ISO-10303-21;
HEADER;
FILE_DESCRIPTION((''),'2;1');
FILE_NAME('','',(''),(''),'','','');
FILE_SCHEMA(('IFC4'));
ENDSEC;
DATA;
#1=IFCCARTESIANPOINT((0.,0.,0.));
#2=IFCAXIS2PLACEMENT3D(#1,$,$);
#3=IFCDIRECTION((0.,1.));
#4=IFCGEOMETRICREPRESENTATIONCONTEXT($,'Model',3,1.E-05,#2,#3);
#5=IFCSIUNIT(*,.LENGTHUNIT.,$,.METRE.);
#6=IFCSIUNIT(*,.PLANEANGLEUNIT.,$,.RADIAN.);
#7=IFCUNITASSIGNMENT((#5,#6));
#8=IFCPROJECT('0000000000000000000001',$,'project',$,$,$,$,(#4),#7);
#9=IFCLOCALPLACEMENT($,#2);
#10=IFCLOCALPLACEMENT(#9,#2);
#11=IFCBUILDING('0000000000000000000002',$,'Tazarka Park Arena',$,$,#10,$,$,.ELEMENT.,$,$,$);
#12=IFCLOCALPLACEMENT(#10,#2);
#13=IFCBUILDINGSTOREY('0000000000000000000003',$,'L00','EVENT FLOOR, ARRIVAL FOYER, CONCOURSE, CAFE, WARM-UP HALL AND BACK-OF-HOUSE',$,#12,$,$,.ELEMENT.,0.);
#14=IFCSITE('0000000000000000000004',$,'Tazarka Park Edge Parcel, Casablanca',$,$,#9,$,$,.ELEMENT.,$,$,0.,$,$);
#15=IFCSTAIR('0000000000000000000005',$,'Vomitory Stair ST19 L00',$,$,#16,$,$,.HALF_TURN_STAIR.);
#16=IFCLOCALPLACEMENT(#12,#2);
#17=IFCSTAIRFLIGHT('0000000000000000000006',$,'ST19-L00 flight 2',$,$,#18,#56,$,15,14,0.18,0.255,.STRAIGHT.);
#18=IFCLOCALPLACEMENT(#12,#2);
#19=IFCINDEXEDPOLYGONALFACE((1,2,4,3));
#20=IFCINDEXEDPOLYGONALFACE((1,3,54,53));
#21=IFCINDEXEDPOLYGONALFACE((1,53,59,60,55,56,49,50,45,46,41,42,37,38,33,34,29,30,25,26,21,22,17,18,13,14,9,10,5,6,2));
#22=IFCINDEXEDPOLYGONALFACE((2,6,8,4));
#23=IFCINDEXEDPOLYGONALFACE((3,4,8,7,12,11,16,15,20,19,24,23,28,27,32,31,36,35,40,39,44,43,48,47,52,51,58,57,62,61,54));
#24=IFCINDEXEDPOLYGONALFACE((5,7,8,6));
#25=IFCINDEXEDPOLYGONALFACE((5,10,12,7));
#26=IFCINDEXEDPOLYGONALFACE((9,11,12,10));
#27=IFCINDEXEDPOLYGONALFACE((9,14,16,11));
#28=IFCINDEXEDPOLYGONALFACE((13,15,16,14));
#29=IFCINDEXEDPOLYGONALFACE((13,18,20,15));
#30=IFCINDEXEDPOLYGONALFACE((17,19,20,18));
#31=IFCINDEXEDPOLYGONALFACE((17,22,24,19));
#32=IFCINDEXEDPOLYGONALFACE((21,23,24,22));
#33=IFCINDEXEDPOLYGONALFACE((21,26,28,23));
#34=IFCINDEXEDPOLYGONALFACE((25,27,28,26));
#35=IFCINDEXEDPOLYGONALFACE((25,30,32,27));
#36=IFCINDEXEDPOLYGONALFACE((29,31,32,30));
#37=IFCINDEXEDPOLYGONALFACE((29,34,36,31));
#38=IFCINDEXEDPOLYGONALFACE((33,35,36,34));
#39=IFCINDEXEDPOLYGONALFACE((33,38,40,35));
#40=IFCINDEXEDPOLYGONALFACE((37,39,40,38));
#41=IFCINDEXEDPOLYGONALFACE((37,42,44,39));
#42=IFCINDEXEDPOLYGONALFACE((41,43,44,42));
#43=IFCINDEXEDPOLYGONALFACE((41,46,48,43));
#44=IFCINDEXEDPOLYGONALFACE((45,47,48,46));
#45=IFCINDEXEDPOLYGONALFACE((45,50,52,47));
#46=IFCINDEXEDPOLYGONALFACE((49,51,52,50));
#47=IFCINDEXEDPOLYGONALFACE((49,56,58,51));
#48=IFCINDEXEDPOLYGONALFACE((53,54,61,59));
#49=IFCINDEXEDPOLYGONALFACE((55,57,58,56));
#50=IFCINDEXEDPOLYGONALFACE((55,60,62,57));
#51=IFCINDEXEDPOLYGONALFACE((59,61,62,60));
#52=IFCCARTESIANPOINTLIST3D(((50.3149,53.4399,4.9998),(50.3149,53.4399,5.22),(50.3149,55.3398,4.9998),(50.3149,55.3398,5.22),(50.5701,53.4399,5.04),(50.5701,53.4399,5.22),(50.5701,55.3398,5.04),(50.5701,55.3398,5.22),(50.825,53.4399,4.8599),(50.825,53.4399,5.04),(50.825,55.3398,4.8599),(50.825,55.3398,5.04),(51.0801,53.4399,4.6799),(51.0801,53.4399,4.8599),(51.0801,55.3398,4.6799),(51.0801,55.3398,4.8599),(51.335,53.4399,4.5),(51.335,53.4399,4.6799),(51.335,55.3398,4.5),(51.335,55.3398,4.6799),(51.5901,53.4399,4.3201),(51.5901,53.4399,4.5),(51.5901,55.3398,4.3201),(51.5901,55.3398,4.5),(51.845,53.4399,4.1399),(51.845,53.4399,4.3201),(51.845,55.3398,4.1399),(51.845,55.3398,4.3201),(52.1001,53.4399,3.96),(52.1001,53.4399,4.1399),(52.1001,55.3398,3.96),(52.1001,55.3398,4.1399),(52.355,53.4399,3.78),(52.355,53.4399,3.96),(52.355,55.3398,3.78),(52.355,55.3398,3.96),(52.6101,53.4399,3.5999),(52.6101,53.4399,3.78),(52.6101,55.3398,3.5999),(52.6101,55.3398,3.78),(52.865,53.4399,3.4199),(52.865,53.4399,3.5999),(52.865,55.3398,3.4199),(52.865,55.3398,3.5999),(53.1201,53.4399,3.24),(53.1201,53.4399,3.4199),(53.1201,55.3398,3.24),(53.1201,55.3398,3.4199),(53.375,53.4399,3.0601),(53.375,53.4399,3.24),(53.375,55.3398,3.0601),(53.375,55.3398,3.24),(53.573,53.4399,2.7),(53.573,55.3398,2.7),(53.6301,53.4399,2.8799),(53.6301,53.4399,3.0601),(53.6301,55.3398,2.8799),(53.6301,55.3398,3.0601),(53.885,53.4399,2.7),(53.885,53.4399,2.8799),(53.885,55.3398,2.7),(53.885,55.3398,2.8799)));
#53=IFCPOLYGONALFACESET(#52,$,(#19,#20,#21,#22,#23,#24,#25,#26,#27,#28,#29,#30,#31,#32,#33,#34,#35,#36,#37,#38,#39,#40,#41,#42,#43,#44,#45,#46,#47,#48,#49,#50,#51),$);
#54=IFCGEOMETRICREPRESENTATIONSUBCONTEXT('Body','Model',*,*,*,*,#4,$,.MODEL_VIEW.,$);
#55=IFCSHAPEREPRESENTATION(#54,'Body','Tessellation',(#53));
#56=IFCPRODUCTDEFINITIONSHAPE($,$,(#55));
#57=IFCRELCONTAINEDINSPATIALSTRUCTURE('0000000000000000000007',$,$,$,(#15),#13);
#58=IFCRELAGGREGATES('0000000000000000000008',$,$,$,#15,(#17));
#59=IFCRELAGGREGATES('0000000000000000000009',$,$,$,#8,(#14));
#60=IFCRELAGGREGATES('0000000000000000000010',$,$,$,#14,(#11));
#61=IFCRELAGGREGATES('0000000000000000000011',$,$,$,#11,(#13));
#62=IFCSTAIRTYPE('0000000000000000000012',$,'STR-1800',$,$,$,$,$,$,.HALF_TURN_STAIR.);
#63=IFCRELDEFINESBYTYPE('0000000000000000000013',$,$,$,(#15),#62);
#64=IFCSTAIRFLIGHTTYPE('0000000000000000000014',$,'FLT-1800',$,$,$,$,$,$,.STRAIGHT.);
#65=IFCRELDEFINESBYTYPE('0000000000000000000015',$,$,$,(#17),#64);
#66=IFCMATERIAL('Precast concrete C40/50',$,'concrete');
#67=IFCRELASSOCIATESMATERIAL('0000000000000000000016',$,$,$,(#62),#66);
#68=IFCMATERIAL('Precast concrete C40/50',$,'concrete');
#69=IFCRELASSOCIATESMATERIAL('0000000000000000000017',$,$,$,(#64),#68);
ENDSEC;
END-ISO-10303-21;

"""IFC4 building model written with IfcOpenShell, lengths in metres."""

from ifc_helpers import new_model, si_unit, direction, frame, origin, place, context, subcontext, project, spatial, polyline, outline, extrude, material, type_object, element, aggregate, save


model = new_model("IFC4")

# Units and contexts
model_context = context("Model", 3, precision=1e-05, world=origin(), true_north=direction((0.0, 1.0)))
body_context = subcontext(model_context, "Body", "Model", "MODEL_VIEW")
ifc_project = project(units=[si_unit("LENGTHUNIT", "METRE"), si_unit("PLANEANGLEUNIT", "RADIAN")], contexts=[model_context])

# Site, building, storey
site_placement = place(None, origin())
site = spatial("IfcSite", under=ifc_project, at=site_placement, Name="Tazarka Park Edge Parcel, Casablanca", CompositionType="ELEMENT", RefElevation=0.0)
building_placement = place(site_placement, origin())
building = spatial("IfcBuilding", under=site, at=building_placement, Name="Tazarka Park Arena", CompositionType="ELEMENT")
storey_placement = place(building_placement, origin())
storey = spatial("IfcBuildingStorey", under=building, at=storey_placement, Name="L00", Description="EVENT FLOOR, ARRIVAL FOYER, CONCOURSE, CAFE, WARM-UP HALL AND BACK-OF-HOUSE", CompositionType="ELEMENT", Elevation=0.0)

# Stair, stair flight
ifc_material_1 = material(Name="Precast concrete C40/50", Category="concrete")
stair_type_1 = type_object("IfcStairType", Name="STR-1800", PredefinedType="HALF_TURN_STAIR", material=ifc_material_1)
stair_1_placement = place(storey_placement, origin())
stair_1 = element("IfcStair", 1, at=stair_1_placement, inside=storey, type_object=stair_type_1, Name="Vomitory Stair ST19 L00", PredefinedType="HALF_TURN_STAIR")
ifc_material_2 = material(Name="Precast concrete C40/50", Category="concrete")
stair_flight_type_1 = type_object("IfcStairFlightType", Name="FLT-1800", PredefinedType="STRAIGHT", material=ifc_material_2)
stair_flight_1_placement = place(storey_placement, frame((53.885, 54.3899, 2.7), z_axis=(0.0, 0.0, 1.0), x_axis=(-1.0, 0.0, 0.0)))
stair_flight_1 = element("IfcStairFlight", 2, at=stair_flight_1_placement, type_object=stair_flight_type_1, Name="ST19-L00 flight 2", NumberOfRisers=15, NumberOfTreads=14, PredefinedType="STRAIGHT", RiserHeight=0.18, TreadLength=0.255, context=body_context, shape_type="SweptSolid", body=[
    extrude(outline(polyline([(0.0, 0.0), (0.0, 0.1799), (0.2549, 0.1799), (0.2549, 0.3601), (0.51, 0.3601), (0.51, 0.54), (0.7649, 0.54), (0.7649, 0.72), (1.02, 0.72), (1.02, 0.8999), (1.2749, 0.8999), (1.2749, 1.0801), (1.53, 1.0801), (1.53, 1.26), (1.7849, 1.26), (1.7849, 1.4399), (2.04, 1.4399), (2.04, 1.6201), (2.2949, 1.6201), (2.2949, 1.8), (2.55, 1.8), (2.55, 1.98), (2.8049, 1.98), (2.8049, 2.1599), (3.0601, 2.1599), (3.0601, 2.3401), (3.3149, 2.3401), (3.3149, 2.52), (3.5701, 2.52), (3.5701, 2.7), (3.5701, 2.2998), (0.312, 0.0), (0.0, 0.0)])), frame((0.0, 0.95, 0.0), z_axis=(0.0, -1.0, 0.0), x_axis=(1.0, 0.0, 0.0)), (0.0, 0.0, 1.0), 1.8999),
])
aggregate(stair_1, [stair_flight_1])

save(model, "model.ifc")
